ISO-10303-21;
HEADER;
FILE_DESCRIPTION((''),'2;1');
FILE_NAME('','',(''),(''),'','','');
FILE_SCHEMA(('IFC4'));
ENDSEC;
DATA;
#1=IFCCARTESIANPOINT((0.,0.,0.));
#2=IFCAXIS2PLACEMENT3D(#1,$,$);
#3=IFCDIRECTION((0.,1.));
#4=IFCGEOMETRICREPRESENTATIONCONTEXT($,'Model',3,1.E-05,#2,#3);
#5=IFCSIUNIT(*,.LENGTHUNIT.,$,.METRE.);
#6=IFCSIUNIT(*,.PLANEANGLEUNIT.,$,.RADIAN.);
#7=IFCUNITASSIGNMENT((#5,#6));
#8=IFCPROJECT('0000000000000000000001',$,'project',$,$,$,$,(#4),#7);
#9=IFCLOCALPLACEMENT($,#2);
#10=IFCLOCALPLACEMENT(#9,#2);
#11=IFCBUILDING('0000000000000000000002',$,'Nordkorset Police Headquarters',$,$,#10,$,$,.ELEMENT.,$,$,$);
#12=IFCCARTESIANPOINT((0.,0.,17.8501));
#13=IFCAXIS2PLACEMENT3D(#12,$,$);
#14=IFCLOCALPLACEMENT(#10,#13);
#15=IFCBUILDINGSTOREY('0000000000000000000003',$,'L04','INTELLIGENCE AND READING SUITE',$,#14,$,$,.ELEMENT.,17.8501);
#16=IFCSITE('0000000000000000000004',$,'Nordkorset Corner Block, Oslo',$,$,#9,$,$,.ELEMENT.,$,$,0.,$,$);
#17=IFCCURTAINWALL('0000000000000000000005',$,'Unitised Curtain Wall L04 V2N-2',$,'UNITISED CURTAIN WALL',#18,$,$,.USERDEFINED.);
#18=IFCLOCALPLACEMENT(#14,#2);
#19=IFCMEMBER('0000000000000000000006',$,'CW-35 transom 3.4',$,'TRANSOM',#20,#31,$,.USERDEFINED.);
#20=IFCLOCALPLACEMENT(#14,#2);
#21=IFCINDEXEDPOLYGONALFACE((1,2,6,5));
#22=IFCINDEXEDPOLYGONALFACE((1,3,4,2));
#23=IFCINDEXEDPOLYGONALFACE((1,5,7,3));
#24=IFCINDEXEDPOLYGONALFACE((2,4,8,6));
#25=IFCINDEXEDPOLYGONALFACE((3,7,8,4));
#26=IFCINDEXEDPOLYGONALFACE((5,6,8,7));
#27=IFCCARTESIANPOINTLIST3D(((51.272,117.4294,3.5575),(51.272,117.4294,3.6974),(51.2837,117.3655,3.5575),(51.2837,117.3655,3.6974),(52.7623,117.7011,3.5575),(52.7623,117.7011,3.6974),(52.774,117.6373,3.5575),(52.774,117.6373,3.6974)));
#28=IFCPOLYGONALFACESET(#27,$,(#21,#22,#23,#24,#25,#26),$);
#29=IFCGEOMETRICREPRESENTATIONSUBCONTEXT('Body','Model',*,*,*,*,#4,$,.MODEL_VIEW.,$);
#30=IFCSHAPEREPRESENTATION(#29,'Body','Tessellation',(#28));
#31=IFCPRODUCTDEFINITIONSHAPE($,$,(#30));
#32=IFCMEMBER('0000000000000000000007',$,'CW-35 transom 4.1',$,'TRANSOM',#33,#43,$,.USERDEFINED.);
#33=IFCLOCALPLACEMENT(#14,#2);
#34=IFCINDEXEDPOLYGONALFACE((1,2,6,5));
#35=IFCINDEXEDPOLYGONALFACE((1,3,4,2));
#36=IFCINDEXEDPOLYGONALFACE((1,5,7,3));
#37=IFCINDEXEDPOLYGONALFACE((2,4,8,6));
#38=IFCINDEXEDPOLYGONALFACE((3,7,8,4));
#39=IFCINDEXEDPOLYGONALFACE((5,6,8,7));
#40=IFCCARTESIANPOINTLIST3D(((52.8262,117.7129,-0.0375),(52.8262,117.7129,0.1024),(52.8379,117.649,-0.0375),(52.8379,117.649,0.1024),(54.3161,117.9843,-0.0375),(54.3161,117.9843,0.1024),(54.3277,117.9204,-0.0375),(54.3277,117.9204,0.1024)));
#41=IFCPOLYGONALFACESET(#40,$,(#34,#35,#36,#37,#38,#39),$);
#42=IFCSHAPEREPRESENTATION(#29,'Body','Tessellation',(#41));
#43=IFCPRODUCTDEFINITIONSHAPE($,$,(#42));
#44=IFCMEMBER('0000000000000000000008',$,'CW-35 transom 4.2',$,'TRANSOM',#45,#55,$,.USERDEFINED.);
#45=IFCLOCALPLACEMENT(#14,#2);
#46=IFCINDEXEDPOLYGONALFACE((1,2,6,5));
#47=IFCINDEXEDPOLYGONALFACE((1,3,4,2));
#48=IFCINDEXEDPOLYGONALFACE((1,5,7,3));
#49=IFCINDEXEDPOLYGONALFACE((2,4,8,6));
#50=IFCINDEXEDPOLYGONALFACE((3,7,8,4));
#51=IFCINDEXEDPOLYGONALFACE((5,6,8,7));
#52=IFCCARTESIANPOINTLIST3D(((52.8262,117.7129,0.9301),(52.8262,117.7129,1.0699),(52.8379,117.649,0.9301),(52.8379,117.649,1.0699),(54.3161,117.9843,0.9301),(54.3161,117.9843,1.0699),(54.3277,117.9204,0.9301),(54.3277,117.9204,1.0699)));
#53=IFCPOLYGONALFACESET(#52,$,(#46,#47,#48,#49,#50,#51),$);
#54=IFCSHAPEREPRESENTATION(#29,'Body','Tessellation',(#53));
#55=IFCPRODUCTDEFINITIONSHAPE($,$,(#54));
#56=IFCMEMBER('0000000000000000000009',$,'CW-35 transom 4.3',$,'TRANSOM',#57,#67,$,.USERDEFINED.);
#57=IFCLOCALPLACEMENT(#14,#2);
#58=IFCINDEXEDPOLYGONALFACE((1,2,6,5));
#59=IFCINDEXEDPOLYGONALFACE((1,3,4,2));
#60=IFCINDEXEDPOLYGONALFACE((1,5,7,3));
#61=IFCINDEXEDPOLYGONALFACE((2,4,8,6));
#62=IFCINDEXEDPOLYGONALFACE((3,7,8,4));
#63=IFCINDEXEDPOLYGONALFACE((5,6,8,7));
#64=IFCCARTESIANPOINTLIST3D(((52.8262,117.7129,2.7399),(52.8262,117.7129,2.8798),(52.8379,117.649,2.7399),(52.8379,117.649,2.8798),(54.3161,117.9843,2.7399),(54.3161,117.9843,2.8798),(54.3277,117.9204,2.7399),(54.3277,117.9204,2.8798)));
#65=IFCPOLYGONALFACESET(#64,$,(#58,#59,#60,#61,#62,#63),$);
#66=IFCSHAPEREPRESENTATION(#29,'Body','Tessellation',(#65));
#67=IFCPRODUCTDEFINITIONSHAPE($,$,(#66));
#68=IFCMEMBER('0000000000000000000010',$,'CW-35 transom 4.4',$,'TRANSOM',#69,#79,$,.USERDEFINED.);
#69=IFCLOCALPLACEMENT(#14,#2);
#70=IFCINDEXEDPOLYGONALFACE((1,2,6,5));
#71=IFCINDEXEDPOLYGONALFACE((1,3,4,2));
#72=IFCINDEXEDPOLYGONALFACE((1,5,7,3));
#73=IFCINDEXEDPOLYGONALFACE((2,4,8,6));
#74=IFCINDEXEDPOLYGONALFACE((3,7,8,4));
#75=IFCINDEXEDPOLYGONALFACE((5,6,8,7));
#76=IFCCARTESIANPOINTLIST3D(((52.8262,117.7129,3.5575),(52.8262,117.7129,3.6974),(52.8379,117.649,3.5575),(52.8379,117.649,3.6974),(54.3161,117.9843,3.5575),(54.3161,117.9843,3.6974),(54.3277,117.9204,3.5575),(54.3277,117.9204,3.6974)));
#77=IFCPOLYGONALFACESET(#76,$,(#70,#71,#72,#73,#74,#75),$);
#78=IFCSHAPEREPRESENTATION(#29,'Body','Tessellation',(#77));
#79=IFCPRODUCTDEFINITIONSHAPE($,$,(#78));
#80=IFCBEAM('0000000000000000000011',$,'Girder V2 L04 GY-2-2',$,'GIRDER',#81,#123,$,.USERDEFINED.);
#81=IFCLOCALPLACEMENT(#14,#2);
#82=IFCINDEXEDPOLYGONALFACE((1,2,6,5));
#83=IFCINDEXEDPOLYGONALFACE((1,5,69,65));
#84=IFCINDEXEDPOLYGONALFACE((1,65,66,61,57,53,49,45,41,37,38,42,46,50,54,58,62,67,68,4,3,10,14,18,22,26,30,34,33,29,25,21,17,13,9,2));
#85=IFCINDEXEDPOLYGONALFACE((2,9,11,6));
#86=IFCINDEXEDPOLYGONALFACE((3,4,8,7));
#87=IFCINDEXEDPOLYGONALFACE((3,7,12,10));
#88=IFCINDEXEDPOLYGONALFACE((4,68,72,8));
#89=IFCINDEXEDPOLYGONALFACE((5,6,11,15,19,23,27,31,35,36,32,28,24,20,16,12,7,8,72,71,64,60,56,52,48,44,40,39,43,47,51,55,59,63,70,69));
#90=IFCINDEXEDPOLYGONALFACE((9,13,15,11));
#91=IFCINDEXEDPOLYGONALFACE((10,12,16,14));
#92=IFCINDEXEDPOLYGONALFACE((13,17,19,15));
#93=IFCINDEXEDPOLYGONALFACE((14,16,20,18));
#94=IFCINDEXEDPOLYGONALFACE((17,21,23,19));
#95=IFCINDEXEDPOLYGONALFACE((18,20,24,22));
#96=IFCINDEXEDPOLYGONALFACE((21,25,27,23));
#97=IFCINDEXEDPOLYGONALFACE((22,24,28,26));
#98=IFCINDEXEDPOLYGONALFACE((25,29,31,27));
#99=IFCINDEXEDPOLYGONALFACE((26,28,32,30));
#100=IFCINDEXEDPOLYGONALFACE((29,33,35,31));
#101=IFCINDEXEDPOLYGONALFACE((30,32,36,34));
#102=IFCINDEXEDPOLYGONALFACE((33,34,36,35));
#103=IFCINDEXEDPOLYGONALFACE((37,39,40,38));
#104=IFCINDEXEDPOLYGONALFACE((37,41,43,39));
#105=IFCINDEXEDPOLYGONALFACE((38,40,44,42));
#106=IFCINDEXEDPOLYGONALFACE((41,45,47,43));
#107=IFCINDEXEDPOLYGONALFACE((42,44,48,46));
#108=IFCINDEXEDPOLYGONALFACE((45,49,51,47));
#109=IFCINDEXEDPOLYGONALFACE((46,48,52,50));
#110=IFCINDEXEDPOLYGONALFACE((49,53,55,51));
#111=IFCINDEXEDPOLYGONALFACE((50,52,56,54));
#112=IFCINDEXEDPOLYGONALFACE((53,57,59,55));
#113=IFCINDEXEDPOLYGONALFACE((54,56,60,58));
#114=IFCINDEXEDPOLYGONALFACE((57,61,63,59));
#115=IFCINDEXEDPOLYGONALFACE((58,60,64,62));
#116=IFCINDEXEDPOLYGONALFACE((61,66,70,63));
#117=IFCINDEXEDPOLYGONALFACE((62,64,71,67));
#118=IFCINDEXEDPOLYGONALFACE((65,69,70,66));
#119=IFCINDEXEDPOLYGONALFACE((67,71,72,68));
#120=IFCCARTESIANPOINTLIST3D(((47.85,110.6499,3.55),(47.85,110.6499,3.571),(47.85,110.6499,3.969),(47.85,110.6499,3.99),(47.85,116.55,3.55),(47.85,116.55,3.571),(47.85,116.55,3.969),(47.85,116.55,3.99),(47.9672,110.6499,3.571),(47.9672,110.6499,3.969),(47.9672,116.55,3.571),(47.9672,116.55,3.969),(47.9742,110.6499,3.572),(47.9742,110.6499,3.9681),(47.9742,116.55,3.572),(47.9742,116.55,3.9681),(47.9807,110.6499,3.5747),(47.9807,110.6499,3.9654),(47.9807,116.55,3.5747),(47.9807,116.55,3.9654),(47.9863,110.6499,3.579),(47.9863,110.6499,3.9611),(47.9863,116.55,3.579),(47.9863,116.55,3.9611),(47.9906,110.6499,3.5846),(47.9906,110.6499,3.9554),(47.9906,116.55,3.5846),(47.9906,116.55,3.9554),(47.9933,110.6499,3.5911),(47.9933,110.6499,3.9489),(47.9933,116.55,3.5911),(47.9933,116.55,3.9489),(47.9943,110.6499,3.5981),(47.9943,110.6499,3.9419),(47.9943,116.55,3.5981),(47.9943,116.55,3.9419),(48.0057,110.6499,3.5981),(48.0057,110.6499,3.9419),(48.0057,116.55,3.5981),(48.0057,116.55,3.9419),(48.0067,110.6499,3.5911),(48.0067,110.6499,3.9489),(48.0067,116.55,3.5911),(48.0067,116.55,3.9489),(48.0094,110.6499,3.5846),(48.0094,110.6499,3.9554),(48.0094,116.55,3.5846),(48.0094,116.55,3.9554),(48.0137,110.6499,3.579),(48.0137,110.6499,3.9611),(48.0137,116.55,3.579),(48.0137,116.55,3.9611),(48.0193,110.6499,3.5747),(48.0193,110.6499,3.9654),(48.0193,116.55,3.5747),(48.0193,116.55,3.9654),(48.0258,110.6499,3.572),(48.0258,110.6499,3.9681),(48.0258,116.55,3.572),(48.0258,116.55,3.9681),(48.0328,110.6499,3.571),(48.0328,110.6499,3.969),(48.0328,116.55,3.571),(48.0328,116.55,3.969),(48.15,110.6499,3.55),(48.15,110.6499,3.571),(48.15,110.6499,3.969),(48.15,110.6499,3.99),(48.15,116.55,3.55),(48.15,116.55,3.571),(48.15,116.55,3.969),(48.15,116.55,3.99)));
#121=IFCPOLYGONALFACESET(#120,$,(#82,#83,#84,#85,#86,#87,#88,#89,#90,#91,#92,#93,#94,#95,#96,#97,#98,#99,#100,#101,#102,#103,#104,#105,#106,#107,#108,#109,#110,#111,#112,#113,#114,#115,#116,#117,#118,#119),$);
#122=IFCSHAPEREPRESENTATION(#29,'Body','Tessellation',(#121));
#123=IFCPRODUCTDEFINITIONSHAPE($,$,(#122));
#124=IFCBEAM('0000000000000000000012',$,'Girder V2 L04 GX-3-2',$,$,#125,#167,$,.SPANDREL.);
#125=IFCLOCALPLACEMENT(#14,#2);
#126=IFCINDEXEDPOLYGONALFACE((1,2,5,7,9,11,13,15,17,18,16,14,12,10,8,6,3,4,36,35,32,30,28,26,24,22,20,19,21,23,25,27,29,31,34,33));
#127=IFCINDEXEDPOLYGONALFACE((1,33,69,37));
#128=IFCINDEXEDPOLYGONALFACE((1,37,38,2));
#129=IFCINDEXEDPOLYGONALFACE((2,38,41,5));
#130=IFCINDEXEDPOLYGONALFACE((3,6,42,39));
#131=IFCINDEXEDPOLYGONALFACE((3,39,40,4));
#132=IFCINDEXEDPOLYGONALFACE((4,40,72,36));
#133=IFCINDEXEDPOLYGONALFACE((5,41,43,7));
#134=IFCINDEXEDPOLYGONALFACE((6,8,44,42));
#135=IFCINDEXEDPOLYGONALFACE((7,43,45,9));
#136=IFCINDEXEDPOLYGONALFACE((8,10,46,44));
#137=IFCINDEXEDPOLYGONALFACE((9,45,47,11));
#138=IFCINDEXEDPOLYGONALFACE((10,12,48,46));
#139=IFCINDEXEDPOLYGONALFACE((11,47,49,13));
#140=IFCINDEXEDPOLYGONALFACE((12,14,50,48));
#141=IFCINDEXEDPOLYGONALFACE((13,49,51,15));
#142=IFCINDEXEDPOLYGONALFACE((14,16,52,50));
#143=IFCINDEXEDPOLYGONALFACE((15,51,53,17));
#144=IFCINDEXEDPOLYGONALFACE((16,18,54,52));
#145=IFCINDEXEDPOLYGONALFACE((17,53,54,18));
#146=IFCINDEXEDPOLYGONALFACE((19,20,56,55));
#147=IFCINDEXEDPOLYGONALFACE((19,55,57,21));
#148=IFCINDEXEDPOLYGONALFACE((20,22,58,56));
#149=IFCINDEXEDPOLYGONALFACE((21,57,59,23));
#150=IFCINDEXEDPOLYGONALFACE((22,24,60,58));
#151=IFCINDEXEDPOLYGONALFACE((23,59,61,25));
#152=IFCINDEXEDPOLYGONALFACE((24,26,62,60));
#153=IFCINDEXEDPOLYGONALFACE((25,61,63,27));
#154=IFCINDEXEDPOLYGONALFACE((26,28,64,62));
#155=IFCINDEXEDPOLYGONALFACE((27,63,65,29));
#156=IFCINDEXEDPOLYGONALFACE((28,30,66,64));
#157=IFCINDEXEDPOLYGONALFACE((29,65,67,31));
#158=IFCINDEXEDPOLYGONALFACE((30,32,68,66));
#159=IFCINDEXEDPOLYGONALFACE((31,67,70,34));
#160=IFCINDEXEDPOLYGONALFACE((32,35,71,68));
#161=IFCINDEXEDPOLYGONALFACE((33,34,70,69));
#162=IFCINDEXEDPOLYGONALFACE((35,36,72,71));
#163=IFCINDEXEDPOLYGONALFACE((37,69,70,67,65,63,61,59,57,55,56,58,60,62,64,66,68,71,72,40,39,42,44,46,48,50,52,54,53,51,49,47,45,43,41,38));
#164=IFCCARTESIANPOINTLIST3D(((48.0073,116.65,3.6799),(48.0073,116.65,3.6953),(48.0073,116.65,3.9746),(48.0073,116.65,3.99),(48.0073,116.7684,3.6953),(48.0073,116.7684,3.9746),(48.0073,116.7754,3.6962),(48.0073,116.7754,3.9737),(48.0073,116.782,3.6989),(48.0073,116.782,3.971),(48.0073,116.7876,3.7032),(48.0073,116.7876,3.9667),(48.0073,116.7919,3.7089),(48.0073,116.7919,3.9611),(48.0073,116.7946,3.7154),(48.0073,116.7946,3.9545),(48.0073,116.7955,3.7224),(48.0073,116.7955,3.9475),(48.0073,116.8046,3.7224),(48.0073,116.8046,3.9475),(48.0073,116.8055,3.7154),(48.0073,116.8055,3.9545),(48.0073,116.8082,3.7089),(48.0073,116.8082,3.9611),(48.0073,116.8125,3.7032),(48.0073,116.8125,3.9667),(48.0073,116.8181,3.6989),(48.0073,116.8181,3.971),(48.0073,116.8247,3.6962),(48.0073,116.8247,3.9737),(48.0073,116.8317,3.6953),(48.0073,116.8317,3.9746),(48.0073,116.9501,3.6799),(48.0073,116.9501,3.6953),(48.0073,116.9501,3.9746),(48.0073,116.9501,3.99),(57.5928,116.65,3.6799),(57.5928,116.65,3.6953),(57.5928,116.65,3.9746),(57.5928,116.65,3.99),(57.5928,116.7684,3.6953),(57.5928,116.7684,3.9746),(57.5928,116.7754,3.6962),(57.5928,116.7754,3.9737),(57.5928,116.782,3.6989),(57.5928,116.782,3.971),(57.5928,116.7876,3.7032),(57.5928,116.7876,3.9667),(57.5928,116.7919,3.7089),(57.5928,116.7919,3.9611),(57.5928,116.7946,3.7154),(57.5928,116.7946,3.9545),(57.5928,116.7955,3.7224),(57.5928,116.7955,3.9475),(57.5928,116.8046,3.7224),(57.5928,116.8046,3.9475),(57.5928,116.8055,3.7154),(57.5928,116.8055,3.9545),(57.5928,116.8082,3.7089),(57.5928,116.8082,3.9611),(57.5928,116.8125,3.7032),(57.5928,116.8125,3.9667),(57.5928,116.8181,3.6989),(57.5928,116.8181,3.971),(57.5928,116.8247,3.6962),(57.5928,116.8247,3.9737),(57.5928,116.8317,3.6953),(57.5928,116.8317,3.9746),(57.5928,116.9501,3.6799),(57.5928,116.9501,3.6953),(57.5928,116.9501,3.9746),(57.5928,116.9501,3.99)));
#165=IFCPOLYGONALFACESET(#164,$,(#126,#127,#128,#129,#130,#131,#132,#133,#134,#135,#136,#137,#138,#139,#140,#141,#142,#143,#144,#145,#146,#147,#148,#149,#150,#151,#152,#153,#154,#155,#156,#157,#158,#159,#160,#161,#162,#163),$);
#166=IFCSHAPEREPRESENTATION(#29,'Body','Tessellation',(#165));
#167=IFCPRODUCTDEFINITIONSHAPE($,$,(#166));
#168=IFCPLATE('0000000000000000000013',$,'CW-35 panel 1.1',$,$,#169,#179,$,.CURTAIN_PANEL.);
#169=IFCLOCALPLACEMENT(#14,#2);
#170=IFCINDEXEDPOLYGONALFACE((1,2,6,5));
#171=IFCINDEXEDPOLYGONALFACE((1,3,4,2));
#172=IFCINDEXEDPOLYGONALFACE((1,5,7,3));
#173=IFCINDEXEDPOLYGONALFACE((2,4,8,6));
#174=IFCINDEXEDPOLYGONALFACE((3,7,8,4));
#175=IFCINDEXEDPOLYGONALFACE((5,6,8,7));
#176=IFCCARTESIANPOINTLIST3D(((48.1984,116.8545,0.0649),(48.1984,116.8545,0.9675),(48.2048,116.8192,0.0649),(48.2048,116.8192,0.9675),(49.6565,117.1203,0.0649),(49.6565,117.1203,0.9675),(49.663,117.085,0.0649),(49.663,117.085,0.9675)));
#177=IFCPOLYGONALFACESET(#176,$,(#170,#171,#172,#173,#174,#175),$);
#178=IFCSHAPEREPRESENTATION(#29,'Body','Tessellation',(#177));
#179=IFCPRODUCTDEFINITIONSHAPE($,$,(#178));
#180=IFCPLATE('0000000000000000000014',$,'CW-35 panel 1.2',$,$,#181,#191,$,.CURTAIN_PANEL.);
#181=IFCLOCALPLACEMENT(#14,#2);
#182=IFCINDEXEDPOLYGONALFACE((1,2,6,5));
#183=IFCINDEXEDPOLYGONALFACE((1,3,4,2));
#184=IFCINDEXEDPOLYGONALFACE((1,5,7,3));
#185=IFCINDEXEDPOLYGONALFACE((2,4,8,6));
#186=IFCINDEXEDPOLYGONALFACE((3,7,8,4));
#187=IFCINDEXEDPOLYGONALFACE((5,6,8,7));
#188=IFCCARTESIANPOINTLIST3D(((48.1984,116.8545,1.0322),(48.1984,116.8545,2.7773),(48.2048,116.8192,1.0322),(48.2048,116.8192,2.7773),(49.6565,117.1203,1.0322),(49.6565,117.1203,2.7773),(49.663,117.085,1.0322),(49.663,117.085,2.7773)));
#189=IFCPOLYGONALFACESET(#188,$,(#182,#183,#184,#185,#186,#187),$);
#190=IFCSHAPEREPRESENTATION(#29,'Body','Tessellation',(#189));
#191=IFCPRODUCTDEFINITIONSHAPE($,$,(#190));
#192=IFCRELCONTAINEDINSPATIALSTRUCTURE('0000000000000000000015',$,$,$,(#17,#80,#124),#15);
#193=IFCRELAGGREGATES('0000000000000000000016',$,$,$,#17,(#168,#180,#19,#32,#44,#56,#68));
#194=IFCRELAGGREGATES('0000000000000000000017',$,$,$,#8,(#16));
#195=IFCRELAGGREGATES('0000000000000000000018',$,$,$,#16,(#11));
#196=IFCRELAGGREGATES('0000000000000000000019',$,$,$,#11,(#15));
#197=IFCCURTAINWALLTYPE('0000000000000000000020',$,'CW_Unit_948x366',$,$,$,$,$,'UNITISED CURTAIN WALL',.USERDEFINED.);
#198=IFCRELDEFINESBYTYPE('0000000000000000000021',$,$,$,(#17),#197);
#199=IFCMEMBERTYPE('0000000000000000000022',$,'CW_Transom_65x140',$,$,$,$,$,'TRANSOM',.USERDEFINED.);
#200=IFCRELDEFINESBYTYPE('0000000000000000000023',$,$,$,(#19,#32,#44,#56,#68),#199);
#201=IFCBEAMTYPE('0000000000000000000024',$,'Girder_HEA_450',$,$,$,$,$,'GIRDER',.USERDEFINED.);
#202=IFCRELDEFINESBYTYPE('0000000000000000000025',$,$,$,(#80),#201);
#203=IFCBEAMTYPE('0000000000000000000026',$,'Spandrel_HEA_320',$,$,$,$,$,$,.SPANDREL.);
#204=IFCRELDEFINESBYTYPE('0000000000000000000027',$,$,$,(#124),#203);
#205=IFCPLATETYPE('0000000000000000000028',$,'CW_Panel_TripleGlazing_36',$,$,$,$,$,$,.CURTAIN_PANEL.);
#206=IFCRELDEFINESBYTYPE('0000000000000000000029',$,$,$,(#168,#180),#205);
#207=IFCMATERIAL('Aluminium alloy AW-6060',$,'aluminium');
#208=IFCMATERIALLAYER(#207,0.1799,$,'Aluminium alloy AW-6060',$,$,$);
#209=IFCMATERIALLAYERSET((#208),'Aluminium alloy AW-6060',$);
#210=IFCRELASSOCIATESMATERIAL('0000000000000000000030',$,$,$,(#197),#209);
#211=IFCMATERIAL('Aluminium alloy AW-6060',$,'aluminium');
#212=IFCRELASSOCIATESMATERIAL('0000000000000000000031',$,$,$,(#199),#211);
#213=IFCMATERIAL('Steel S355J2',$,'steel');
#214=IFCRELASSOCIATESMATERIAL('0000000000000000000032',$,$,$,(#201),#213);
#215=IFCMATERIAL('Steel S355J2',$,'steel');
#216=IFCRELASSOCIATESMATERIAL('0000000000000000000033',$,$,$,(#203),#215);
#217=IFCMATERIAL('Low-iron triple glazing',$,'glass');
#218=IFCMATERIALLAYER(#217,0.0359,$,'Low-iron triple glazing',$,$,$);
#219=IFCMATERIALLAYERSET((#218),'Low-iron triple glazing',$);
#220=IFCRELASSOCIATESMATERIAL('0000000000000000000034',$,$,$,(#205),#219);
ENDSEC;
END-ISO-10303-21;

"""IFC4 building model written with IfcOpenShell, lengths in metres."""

from ifc_helpers import new_model, si_unit, direction, frame, origin, origin_2d, place, context, subcontext, project, spatial, rectangle, i_section, extrude, material, layer, layer_set, material_profile, profile_set, type_object, element, aggregate, save


model = new_model("IFC4")

# Units and contexts
model_context = context("Model", 3, precision=1e-05, world=origin(), true_north=direction((0.0, 1.0)))
body_context = subcontext(model_context, "Body", "Model", "MODEL_VIEW")
ifc_project = project(units=[si_unit("LENGTHUNIT", "METRE"), si_unit("PLANEANGLEUNIT", "RADIAN")], contexts=[model_context])

# Site, building, storey
site_placement = place(None, origin())
site = spatial("IfcSite", under=ifc_project, at=site_placement, Name="Nordkorset Corner Block, Oslo", CompositionType="ELEMENT", RefElevation=0.0)
building_placement = place(site_placement, origin())
building = spatial("IfcBuilding", under=site, at=building_placement, Name="Nordkorset Police Headquarters", CompositionType="ELEMENT")
storey_placement = place(building_placement, frame((0.0, 0.0, 17.8501)))
storey = spatial("IfcBuildingStorey", under=building, at=storey_placement, Name="L04", Description="INTELLIGENCE AND READING SUITE", CompositionType="ELEMENT", Elevation=17.8501)

# Curtain wall, members
ifc_material_1 = material(Name="Aluminium alloy AW-6060", Category="aluminium")
ifc_layer_1 = layer(ifc_material_1, 0.1799, Name="Aluminium alloy AW-6060")
ifc_layer_set_1 = layer_set([ifc_layer_1], Name="Aluminium alloy AW-6060")
curtain_wall_type = type_object("IfcCurtainWallType", Name="CW_Unit_948x366", ElementType="UNITISED CURTAIN WALL", PredefinedType="USERDEFINED", material=ifc_layer_set_1)
curtain_wall_placement = place(storey_placement, origin())
curtain_wall = element("IfcCurtainWall", 1, at=curtain_wall_placement, inside=storey, type_object=curtain_wall_type, Name="Unitised Curtain Wall L04 V2N-2", ObjectType="UNITISED CURTAIN WALL", PredefinedType="USERDEFINED")
ifc_material_2 = material(Name="Aluminium alloy AW-6060", Category="aluminium")
ifc_material_profile_1 = material_profile(ifc_material_2, rectangle(XDim=0.0649, YDim=0.1399, at=origin_2d()), Name="ALU TRAN 65x140")
ifc_profile_set_1 = profile_set([ifc_material_profile_1], Name="Aluminium alloy AW-6060")
member_type_1 = type_object("IfcMemberType", Name="CW_Transom_65x140", ElementType="TRANSOM", PredefinedType="USERDEFINED", material=ifc_profile_set_1)
member_1_placement = place(storey_placement, frame((51.2778, 117.3975, 3.6274), z_axis=(0.98378, 0.179382, 0.0), x_axis=(-0.179382, 0.98378, 0.0)))
member_1 = element("IfcMember", 2, at=member_1_placement, type_object=member_type_1, Name="CW-35 transom 3.4", ObjectType="TRANSOM", PredefinedType="USERDEFINED", context=body_context, shape_type="SweptSolid", body=[
    extrude(rectangle(XDim=0.0649, YDim=0.1399, at=origin_2d()), origin(), (0.0, 0.0, 1.0), 1.5149),
])
member_2_placement = place(storey_placement, frame((52.832, 117.6809, 0.0325), z_axis=(0.983803, 0.179254, 0.0), x_axis=(-0.179254, 0.983803, 0.0)))
member_2 = element("IfcMember", 3, at=member_2_placement, type_object=member_type_1, Name="CW-35 transom 4.1", ObjectType="TRANSOM", PredefinedType="USERDEFINED", context=body_context, shape_type="SweptSolid", body=[
    extrude(rectangle(XDim=0.0649, YDim=0.1399, at=origin_2d()), origin(), (0.0, 0.0, 1.0), 1.5144),
])
member_3_placement = place(storey_placement, frame((52.832, 117.6809, 1.0), z_axis=(0.983803, 0.179254, 0.0), x_axis=(-0.179254, 0.983803, 0.0)))
member_3 = element("IfcMember", 4, at=member_3_placement, type_object=member_type_1, Name="CW-35 transom 4.2", ObjectType="TRANSOM", PredefinedType="USERDEFINED", context=body_context, shape_type="SweptSolid", body=[
    extrude(rectangle(XDim=0.0649, YDim=0.1399, at=origin_2d()), origin(), (0.0, 0.0, 1.0), 1.5144),
])
member_4_placement = place(storey_placement, frame((52.832, 117.6809, 2.8098), z_axis=(0.983803, 0.179254, 0.0), x_axis=(-0.179254, 0.983803, 0.0)))
member_4 = element("IfcMember", 5, at=member_4_placement, type_object=member_type_1, Name="CW-35 transom 4.3", ObjectType="TRANSOM", PredefinedType="USERDEFINED", context=body_context, shape_type="SweptSolid", body=[
    extrude(rectangle(XDim=0.0649, YDim=0.1399, at=origin_2d()), origin(), (0.0, 0.0, 1.0), 1.5144),
])
member_5_placement = place(storey_placement, frame((52.832, 117.6809, 3.6274), z_axis=(0.983803, 0.179254, 0.0), x_axis=(-0.179254, 0.983803, 0.0)))
member_5 = element("IfcMember", 6, at=member_5_placement, type_object=member_type_1, Name="CW-35 transom 4.4", ObjectType="TRANSOM", PredefinedType="USERDEFINED", context=body_context, shape_type="SweptSolid", body=[
    extrude(rectangle(XDim=0.0649, YDim=0.1399, at=origin_2d()), origin(), (0.0, 0.0, 1.0), 1.5144),
])

# Beams
ifc_material_3 = material(Name="Steel S355J2", Category="steel")
ifc_material_profile_2 = material_profile(ifc_material_3, i_section(OverallWidth=0.3, OverallDepth=0.4399, WebThickness=0.0115, FlangeThickness=0.021, FilletRadius=0.0271, at=origin_2d()), Name="HEA 450")
ifc_profile_set_2 = profile_set([ifc_material_profile_2], Name="Steel S355J2")
beam_type_1 = type_object("IfcBeamType", Name="Girder_HEA_450", ElementType="GIRDER", PredefinedType="USERDEFINED", material=ifc_profile_set_2)
beam_1_placement = place(storey_placement, frame((48.0, 110.6499, 3.77), z_axis=(0.0, 1.0, 0.0), x_axis=(-1.0, 0.0, 0.0)))
element("IfcBeam", 7, at=beam_1_placement, inside=storey, type_object=beam_type_1, Name="Girder V2 L04 GY-2-2", ObjectType="GIRDER", PredefinedType="USERDEFINED", context=body_context, shape_type="SweptSolid", body=[
    extrude(i_section(OverallWidth=0.3, OverallDepth=0.4399, WebThickness=0.0115, FlangeThickness=0.021, FilletRadius=0.0271, at=origin_2d()), origin(), (0.0, 0.0, 1.0), 5.9001),
])
ifc_material_4 = material(Name="Steel S355J2", Category="steel")
ifc_material_profile_3 = material_profile(ifc_material_4, i_section(OverallWidth=0.3, OverallDepth=0.3101, WebThickness=0.009, FlangeThickness=0.0154, FilletRadius=0.0271, at=origin_2d()), Name="HEA 320")
ifc_profile_set_3 = profile_set([ifc_material_profile_3], Name="Steel S355J2")
beam_type_2 = type_object("IfcBeamType", Name="Spandrel_HEA_320", PredefinedType="SPANDREL", material=ifc_profile_set_3)
beam_2_placement = place(storey_placement, frame((48.0073, 116.8, 3.835), z_axis=(1.0, 0.0, 0.0), x_axis=(0.0, 1.0, 0.0)))
element("IfcBeam", 8, at=beam_2_placement, inside=storey, type_object=beam_type_2, Name="Girder V2 L04 GX-3-2", PredefinedType="SPANDREL", context=body_context, shape_type="SweptSolid", body=[
    extrude(i_section(OverallWidth=0.3, OverallDepth=0.3101, WebThickness=0.009, FlangeThickness=0.0154, FilletRadius=0.0271, at=origin_2d()), origin(), (0.0, 0.0, 1.0), 9.5854),
])

# Plates
ifc_material_5 = material(Name="Low-iron triple glazing", Category="glass")
ifc_layer_2 = layer(ifc_material_5, 0.0359, Name="Low-iron triple glazing")
ifc_layer_set_2 = layer_set([ifc_layer_2], Name="Low-iron triple glazing")
plate_type_1 = type_object("IfcPlateType", Name="CW_Panel_TripleGlazing_36", PredefinedType="CURTAIN_PANEL", material=ifc_layer_set_2)
plate_1_placement = place(storey_placement, frame((48.9307, 116.9697, 0.0649), z_axis=(0.0, 0.0, 1.0), x_axis=(0.983788, 0.179336, 0.0)))
plate_1 = element("IfcPlate", 9, at=plate_1_placement, type_object=plate_type_1, Name="CW-35 panel 1.1", PredefinedType="CURTAIN_PANEL", context=body_context, shape_type="SweptSolid", body=[
    extrude(rectangle(XDim=1.4822, YDim=0.0359, at=origin_2d()), origin(), (0.0, 0.0, 1.0), 0.9026),
])
plate_2_placement = place(storey_placement, frame((48.9307, 116.9697, 1.0322), z_axis=(0.0, 0.0, 1.0), x_axis=(0.983788, 0.179336, 0.0)))
plate_2 = element("IfcPlate", 10, at=plate_2_placement, type_object=plate_type_1, Name="CW-35 panel 1.2", PredefinedType="CURTAIN_PANEL", context=body_context, shape_type="SweptSolid", body=[
    extrude(rectangle(XDim=1.4822, YDim=0.0359, at=origin_2d()), origin(), (0.0, 0.0, 1.0), 1.7451),
])
aggregate(curtain_wall, [plate_1, plate_2, member_1, member_2, member_3, member_4, member_5])

save(model, "model.ifc")
